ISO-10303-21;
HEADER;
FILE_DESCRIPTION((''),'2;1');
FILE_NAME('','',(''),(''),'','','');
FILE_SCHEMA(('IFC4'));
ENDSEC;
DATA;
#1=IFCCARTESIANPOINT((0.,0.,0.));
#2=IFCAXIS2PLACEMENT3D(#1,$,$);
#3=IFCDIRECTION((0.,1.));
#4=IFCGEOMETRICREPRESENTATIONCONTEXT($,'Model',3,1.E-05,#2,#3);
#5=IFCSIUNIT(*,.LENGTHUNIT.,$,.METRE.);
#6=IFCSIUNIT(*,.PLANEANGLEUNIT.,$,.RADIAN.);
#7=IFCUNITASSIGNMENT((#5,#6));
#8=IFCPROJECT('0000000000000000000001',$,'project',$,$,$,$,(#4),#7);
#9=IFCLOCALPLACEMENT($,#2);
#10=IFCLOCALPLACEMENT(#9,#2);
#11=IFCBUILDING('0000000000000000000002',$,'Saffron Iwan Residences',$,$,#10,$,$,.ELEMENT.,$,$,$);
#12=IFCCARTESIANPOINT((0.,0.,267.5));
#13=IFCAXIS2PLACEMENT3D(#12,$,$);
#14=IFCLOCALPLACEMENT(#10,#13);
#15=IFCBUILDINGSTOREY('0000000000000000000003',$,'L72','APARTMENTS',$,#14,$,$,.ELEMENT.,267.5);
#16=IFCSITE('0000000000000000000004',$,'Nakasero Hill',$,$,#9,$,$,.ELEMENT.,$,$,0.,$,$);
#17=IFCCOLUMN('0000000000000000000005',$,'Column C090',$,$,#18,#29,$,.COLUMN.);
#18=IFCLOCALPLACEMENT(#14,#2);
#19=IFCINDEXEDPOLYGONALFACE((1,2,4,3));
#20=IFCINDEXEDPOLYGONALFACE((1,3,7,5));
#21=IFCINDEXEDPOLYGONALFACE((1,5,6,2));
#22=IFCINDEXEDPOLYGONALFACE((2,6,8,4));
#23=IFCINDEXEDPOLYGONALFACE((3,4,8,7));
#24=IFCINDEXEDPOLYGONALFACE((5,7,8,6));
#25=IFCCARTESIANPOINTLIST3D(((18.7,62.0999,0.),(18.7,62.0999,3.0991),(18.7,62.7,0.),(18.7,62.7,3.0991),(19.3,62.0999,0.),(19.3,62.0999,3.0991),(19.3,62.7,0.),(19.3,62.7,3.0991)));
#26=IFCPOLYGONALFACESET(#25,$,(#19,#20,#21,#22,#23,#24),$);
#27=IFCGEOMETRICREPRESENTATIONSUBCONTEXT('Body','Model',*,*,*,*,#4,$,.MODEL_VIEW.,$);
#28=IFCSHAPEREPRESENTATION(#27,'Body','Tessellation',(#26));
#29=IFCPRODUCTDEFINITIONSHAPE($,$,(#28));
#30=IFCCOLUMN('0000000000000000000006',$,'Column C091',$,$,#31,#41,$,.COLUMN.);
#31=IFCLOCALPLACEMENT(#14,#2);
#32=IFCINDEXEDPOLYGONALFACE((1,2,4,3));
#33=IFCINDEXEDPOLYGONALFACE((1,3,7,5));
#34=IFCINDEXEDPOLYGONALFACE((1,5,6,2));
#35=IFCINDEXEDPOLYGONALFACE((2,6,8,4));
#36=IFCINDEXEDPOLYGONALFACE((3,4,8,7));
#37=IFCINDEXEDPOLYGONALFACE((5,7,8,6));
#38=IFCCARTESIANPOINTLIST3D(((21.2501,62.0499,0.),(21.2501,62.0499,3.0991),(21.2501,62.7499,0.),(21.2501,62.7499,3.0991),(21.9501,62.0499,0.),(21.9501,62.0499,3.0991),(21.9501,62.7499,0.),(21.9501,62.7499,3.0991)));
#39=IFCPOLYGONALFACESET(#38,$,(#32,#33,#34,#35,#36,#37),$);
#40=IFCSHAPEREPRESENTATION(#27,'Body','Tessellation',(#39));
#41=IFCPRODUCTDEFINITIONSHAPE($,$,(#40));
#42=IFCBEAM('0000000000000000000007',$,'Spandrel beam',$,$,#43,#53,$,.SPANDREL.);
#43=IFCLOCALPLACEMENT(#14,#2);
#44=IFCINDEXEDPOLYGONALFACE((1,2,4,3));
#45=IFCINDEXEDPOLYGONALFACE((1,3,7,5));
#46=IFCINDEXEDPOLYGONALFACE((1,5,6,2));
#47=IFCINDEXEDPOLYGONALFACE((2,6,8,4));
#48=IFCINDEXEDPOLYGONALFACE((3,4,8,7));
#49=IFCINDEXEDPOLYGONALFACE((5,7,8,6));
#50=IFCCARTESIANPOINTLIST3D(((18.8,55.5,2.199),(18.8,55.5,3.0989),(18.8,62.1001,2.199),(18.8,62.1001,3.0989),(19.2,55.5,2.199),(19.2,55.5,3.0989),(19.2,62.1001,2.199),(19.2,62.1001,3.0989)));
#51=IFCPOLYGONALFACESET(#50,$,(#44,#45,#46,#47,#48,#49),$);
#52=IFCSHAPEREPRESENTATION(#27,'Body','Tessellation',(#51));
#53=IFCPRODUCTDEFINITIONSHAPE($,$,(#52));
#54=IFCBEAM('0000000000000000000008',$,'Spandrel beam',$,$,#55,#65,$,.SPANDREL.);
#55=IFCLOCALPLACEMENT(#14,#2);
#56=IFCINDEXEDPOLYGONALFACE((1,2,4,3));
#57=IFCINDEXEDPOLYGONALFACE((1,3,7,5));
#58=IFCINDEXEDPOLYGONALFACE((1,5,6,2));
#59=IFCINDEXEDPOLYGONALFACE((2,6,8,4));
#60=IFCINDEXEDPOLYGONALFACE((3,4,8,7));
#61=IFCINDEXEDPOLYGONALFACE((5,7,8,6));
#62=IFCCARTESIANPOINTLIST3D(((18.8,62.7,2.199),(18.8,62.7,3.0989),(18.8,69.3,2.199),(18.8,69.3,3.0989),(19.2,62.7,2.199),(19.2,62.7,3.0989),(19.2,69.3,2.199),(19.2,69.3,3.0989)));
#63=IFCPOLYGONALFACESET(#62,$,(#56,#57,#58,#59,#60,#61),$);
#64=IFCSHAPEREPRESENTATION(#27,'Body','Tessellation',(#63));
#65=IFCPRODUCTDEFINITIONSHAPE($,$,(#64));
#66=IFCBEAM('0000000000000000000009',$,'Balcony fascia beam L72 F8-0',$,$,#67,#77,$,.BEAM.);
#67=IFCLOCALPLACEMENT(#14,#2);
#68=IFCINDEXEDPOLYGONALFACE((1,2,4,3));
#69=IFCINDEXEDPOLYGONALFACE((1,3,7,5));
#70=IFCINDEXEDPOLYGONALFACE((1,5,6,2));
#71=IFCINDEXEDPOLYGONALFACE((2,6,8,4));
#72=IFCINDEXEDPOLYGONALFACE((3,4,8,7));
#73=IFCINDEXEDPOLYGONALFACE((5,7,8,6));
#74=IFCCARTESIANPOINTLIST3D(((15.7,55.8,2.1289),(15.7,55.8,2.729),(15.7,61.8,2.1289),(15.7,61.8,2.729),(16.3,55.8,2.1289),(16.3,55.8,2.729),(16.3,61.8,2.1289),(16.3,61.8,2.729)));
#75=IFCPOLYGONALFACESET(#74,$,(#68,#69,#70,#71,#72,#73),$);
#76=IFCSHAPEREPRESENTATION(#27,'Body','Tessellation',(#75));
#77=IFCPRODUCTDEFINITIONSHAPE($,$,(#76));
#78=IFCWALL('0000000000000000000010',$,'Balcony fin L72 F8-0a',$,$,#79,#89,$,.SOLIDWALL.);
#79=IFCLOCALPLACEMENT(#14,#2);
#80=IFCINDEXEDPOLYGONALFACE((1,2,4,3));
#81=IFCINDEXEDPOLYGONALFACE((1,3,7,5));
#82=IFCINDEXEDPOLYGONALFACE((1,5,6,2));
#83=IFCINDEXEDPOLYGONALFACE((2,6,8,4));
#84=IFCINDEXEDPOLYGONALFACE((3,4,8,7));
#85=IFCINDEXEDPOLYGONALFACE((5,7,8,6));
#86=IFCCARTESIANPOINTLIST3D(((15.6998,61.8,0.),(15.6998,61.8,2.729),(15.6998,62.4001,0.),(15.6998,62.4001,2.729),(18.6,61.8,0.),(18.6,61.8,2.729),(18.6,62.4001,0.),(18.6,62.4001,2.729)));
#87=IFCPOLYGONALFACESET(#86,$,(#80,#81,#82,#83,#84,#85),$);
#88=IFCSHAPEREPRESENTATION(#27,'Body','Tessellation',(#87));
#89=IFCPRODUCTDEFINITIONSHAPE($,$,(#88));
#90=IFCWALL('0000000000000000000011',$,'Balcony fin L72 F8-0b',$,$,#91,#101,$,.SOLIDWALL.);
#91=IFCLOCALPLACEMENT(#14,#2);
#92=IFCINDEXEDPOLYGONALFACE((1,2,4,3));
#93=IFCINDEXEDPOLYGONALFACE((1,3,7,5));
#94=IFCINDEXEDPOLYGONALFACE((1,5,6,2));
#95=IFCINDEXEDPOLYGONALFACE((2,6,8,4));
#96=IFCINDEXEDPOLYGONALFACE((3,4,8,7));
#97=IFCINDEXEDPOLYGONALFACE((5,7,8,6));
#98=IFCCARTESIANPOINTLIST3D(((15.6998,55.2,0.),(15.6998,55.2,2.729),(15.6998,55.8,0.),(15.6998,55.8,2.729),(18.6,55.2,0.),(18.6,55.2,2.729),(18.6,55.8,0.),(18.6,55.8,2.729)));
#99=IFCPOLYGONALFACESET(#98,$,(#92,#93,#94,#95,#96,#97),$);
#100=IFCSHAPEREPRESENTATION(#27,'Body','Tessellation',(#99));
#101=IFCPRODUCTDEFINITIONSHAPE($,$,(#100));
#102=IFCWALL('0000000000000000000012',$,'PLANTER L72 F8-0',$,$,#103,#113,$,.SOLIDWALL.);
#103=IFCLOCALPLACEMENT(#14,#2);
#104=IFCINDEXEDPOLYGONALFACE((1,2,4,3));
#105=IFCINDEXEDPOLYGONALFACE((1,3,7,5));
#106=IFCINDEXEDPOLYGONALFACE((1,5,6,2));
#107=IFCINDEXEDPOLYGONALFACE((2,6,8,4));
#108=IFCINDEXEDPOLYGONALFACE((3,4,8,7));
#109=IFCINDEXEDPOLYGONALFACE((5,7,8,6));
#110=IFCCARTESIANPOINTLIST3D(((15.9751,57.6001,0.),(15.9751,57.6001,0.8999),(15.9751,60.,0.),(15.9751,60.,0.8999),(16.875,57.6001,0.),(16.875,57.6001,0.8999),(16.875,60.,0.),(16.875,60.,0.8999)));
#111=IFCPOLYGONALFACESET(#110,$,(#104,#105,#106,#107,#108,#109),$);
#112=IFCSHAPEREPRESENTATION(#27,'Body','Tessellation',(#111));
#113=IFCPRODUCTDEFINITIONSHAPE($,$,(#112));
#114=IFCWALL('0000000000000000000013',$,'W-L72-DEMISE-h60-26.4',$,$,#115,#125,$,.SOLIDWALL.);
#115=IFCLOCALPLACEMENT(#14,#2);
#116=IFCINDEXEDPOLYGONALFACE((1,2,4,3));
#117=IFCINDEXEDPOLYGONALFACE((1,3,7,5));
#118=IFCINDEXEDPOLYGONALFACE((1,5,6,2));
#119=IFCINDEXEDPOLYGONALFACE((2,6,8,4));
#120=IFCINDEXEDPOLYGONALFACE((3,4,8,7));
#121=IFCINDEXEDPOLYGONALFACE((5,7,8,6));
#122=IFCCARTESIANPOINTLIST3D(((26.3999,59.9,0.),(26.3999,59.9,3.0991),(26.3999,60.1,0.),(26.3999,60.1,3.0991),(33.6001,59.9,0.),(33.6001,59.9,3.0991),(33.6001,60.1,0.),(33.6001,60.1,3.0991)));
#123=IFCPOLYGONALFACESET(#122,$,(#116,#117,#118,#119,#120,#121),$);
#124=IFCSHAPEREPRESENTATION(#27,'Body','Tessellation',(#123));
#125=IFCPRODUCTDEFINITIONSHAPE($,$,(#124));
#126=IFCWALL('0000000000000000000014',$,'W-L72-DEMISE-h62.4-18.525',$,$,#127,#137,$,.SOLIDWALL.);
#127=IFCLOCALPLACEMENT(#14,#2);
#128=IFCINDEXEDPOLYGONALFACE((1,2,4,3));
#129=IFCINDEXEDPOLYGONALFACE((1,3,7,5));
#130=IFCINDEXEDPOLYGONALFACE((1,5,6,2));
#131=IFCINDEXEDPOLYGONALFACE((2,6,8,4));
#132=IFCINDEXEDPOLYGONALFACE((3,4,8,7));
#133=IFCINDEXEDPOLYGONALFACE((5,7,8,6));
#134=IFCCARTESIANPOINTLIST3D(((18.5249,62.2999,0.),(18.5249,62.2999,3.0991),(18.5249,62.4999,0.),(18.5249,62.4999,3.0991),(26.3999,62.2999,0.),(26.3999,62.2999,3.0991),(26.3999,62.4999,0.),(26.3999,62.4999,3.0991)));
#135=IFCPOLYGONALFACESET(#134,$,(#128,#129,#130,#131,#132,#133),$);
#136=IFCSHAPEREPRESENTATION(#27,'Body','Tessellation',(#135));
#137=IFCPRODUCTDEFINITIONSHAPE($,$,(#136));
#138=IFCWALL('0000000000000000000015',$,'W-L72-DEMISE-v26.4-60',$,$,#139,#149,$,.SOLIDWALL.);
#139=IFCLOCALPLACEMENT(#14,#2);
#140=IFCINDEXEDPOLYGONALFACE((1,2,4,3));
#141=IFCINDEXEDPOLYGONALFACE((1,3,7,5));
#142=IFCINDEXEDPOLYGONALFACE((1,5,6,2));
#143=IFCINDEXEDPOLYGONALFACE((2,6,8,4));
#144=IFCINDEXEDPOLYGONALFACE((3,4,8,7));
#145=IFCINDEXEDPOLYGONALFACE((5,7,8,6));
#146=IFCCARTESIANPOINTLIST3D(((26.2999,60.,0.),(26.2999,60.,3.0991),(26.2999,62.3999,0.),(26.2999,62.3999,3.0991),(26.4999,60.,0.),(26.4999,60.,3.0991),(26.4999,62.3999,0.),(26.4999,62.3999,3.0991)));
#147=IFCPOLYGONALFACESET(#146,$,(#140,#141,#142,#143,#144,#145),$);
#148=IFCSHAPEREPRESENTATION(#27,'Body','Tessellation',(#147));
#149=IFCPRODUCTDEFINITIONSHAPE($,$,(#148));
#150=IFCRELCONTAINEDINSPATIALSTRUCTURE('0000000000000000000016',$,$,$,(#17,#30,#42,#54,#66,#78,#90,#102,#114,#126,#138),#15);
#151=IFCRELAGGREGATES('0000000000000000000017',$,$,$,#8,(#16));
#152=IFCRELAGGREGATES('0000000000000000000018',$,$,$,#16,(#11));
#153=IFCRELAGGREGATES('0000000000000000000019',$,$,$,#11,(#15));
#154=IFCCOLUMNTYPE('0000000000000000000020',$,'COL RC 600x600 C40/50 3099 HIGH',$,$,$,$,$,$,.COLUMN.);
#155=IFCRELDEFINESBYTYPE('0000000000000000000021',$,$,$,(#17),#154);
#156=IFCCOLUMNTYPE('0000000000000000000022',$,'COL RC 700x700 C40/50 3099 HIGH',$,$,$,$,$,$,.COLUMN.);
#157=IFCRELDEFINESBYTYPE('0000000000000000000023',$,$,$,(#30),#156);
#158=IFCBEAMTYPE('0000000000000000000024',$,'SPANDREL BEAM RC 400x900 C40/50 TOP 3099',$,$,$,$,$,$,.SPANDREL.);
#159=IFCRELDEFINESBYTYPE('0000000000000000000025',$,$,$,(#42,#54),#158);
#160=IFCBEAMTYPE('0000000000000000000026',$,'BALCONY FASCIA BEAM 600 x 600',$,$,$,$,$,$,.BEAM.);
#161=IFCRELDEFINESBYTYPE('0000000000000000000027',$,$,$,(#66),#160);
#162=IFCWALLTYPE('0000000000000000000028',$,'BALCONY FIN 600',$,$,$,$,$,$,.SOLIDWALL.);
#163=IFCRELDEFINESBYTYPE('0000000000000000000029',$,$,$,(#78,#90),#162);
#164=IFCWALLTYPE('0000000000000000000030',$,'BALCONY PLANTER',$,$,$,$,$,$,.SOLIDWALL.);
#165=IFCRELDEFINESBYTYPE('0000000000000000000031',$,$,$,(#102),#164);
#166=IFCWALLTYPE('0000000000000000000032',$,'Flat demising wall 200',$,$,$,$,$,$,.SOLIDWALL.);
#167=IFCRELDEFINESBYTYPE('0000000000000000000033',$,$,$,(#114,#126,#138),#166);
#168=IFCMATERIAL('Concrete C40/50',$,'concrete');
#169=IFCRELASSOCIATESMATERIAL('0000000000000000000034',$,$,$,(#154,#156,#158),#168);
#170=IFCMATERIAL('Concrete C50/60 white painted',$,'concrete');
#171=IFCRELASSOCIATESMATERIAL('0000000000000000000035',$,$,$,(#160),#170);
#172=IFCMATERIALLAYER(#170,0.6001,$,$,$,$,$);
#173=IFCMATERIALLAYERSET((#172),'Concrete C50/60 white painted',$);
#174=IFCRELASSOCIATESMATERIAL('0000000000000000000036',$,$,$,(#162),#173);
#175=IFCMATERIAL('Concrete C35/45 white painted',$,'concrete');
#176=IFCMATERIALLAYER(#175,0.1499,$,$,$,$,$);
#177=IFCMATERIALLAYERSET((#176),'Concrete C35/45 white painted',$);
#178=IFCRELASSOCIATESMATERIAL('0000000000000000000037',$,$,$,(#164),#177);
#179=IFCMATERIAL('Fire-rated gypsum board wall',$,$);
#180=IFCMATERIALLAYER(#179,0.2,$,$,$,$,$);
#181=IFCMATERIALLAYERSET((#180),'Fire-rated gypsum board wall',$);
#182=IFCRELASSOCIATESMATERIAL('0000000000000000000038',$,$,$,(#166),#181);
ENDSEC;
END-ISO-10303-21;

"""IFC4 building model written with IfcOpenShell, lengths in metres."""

from ifc_helpers import new_model, si_unit, direction, frame, frame_2d, origin, origin_2d, place, context, subcontext, project, spatial, rectangle, extrude, source, transform, mapped, material, layer, layer_set, material_profile, profile_set, type_object, element, save


model = new_model("IFC4")

# Units and contexts
model_context = context("Model", 3, precision=1e-05, world=origin(), true_north=direction((0.0, 1.0)))
body_context = subcontext(model_context, "Body", "Model", "MODEL_VIEW")
ifc_project = project(units=[si_unit("LENGTHUNIT", "METRE"), si_unit("PLANEANGLEUNIT", "RADIAN")], contexts=[model_context])

# Site, building, storey
site_placement = place(None, origin())
site = spatial("IfcSite", under=ifc_project, at=site_placement, Name="Nakasero Hill", CompositionType="ELEMENT", RefElevation=0.0)
building_placement = place(site_placement, origin())
building = spatial("IfcBuilding", under=site, at=building_placement, Name="Saffron Iwan Residences", CompositionType="ELEMENT")
storey_placement = place(building_placement, frame((0.0, 0.0, 267.5)))
storey = spatial("IfcBuildingStorey", under=building, at=storey_placement, Name="L72", Description="APARTMENTS", CompositionType="ELEMENT", Elevation=267.5)

# Columns
ifc_material_1 = material(Name="Concrete C40/50", Category="concrete")
ifc_material_profile_1 = material_profile(ifc_material_1, rectangle(XDim=0.6001, YDim=0.6001, at=origin_2d()), Name="RC 600x600")
ifc_profile_set_1 = profile_set([ifc_material_profile_1], Name="Concrete C40/50")
column_type_1 = type_object("IfcColumnType", Name="COL RC 600x600 C40/50 3099 HIGH", PredefinedType="COLUMN", material=ifc_profile_set_1)
shared_shape_1 = source(origin(), body_context, "Body", "SweptSolid", [
    extrude(rectangle(XDim=0.6001, YDim=0.6001, at=origin_2d()), origin(), (0.0, 0.0, 1.0), 3.0991),
])
column_1_placement = place(storey_placement, frame((19.0, 62.3999, 0.0), z_axis=(0.0, 0.0, 1.0), x_axis=(1.0, 0.0, 0.0)))
element("IfcColumn", 1, at=column_1_placement, inside=storey, type_object=column_type_1, Name="Column C090", PredefinedType="COLUMN", context=body_context, shape_type="MappedRepresentation", body=[
    mapped(shared_shape_1, transform((0.0, 0.0, 0.0))),
])
ifc_material_profile_2 = material_profile(ifc_material_1, rectangle(XDim=0.7, YDim=0.7, at=origin_2d()), Name="RC 700x700")
ifc_profile_set_2 = profile_set([ifc_material_profile_2], Name="Concrete C40/50")
column_type_2 = type_object("IfcColumnType", Name="COL RC 700x700 C40/50 3099 HIGH", PredefinedType="COLUMN", material=ifc_profile_set_2)
shared_shape_2 = source(origin(), body_context, "Body", "SweptSolid", [
    extrude(rectangle(XDim=0.7, YDim=0.7, at=origin_2d()), origin(), (0.0, 0.0, 1.0), 3.0991),
])
column_2_placement = place(storey_placement, frame((21.6001, 62.3999, 0.0), z_axis=(0.0, 0.0, 1.0), x_axis=(1.0, 0.0, 0.0)))
element("IfcColumn", 2, at=column_2_placement, inside=storey, type_object=column_type_2, Name="Column C091", PredefinedType="COLUMN", context=body_context, shape_type="MappedRepresentation", body=[
    mapped(shared_shape_2, transform((0.0, 0.0, 0.0))),
])

# Beams
ifc_material_profile_3 = material_profile(ifc_material_1, rectangle(XDim=0.3999, YDim=0.8999, at=origin_2d()), Name="RC 400x900")
ifc_profile_set_3 = profile_set([ifc_material_profile_3], Name="Concrete C40/50")
beam_type_1 = type_object("IfcBeamType", Name="SPANDREL BEAM RC 400x900 C40/50 TOP 3099", PredefinedType="SPANDREL", material=ifc_profile_set_3)
shared_shape_3 = source(origin(), body_context, "Body", "SweptSolid", [
    extrude(rectangle(XDim=0.3999, YDim=0.8999, at=origin_2d()), origin(), (0.0, 0.0, 1.0), 6.6001),
])
for number, where, z_axis, x_axis, name in (
    (3, (19.0, 55.5, 2.6489), (0.0, 1.0, 0.0), (-1.0, 0.0, 0.0), "Spandrel beam"),
    (4, (19.0, 62.7, 2.6489), (0.0, 1.0, 0.0), (-1.0, 0.0, 0.0), "Spandrel beam"),
):
    element("IfcBeam", number, at=place(storey_placement, frame(where, z_axis=z_axis, x_axis=x_axis)), inside=storey, type_object=beam_type_1, Name=name, PredefinedType="SPANDREL", context=body_context, shape_type="MappedRepresentation", body=[
        mapped(shared_shape_3, transform((0.0, 0.0, 0.0))),
    ])
ifc_material_2 = material(Name="Concrete C50/60 white painted", Category="concrete")
ifc_material_profile_4 = material_profile(ifc_material_2, rectangle(XDim=0.6001, YDim=0.6001, at=origin_2d()), Name="BALCONY FASCIA BEAM 600 x 600")
ifc_profile_set_4 = profile_set([ifc_material_profile_4], Name="Concrete C50/60 white painted")
beam_type_2 = type_object("IfcBeamType", Name="BALCONY FASCIA BEAM 600 x 600", PredefinedType="BEAM", material=ifc_profile_set_4)
shared_shape_4 = source(origin(), body_context, "Body", "SweptSolid", [
    extrude(rectangle(XDim=0.6001, YDim=0.6001, at=origin_2d()), origin(), (0.0, 0.0, 1.0), 6.0),
])
beam_placement = place(storey_placement, frame((16.0, 61.8, 2.429), z_axis=(0.0, -1.0, 0.0), x_axis=(1.0, 0.0, 0.0)))
element("IfcBeam", 5, at=beam_placement, inside=storey, type_object=beam_type_2, Name="Balcony fascia beam L72 F8-0", PredefinedType="BEAM", context=body_context, shape_type="MappedRepresentation", body=[
    mapped(shared_shape_4, transform((0.0, 0.0, 0.0))),
])

# Walls
ifc_layer_1 = layer(ifc_material_2, 0.6001)
ifc_layer_set_1 = layer_set([ifc_layer_1], Name="Concrete C50/60 white painted")
wall_type_1 = type_object("IfcWallType", Name="BALCONY FIN 600", PredefinedType="SOLIDWALL", material=ifc_layer_set_1)
for number, where, z_axis, x_axis, name in (
    (6, (18.6001, 62.1001, 0.0), (0.0, 0.0, 1.0), (-1.0, 0.0, 0.0), "Balcony fin L72 F8-0a"),
    (7, (18.6001, 55.5, 0.0), (0.0, 0.0, 1.0), (-1.0, 0.0, 0.0), "Balcony fin L72 F8-0b"),
):
    element("IfcWall", number, at=place(storey_placement, frame(where, z_axis=z_axis, x_axis=x_axis)), inside=storey, type_object=wall_type_1, Name=name, PredefinedType="SOLIDWALL", context=body_context, shape_type="SweptSolid", body=[
        extrude(rectangle(XDim=2.9001, YDim=0.6001, at=frame_2d((1.4502, 0.0))), origin(), (0.0, 0.0, 1.0), 2.729),
    ])
ifc_material_3 = material(Name="Concrete C35/45 white painted", Category="concrete")
ifc_layer_2 = layer(ifc_material_3, 0.1499)
ifc_layer_set_2 = layer_set([ifc_layer_2], Name="Concrete C35/45 white painted")
wall_type_2 = type_object("IfcWallType", Name="BALCONY PLANTER", PredefinedType="SOLIDWALL", material=ifc_layer_set_2)
wall_1_placement = place(storey_placement, frame((16.425, 60.0, 0.0), z_axis=(0.0, 0.0, 1.0), x_axis=(0.0, -1.0, 0.0)))
element("IfcWall", 8, at=wall_1_placement, inside=storey, type_object=wall_type_2, Name="PLANTER L72 F8-0", PredefinedType="SOLIDWALL", context=body_context, shape_type="SweptSolid", body=[
    extrude(rectangle(XDim=2.3999, YDim=0.8999, at=frame_2d((1.2, 0.0))), origin(), (0.0, 0.0, 1.0), 0.8999),
])

# Walls
ifc_material_4 = material(Name="Fire-rated gypsum board wall")
ifc_layer_3 = layer(ifc_material_4, 0.2)
ifc_layer_set_3 = layer_set([ifc_layer_3], Name="Fire-rated gypsum board wall")
wall_type_3 = type_object("IfcWallType", Name="Flat demising wall 200", PredefinedType="SOLIDWALL", material=ifc_layer_set_3)
wall_2_placement = place(storey_placement, frame((26.3999, 60.0, 0.0), z_axis=(0.0, 0.0, 1.0), x_axis=(1.0, 0.0, 0.0)))
element("IfcWall", 9, at=wall_2_placement, inside=storey, type_object=wall_type_3, Name="W-L72-DEMISE-h60-26.4", PredefinedType="SOLIDWALL", context=body_context, shape_type="SweptSolid", body=[
    extrude(rectangle(XDim=7.2002, YDim=0.2, at=frame_2d((3.6001, 0.0))), origin(), (0.0, 0.0, 1.0), 3.0991),
])
wall_3_placement = place(storey_placement, frame((18.5249, 62.3999, 0.0), z_axis=(0.0, 0.0, 1.0), x_axis=(1.0, 0.0, 0.0)))
element("IfcWall", 10, at=wall_3_placement, inside=storey, type_object=wall_type_3, Name="W-L72-DEMISE-h62.4-18.525", PredefinedType="SOLIDWALL", context=body_context, shape_type="SweptSolid", body=[
    extrude(rectangle(XDim=7.875, YDim=0.2, at=frame_2d((3.9375, 0.0))), origin(), (0.0, 0.0, 1.0), 3.0991),
])
wall_4_placement = place(storey_placement, frame((26.3999, 60.0, 0.0), z_axis=(0.0, 0.0, 1.0), x_axis=(0.0, 1.0, 0.0)))
element("IfcWall", 11, at=wall_4_placement, inside=storey, type_object=wall_type_3, Name="W-L72-DEMISE-v26.4-60", PredefinedType="SOLIDWALL", context=body_context, shape_type="SweptSolid", body=[
    extrude(rectangle(XDim=2.3999, YDim=0.2, at=frame_2d((1.2, 0.0))), origin(), (0.0, 0.0, 1.0), 3.0991),
])

save(model, "model.ifc")
